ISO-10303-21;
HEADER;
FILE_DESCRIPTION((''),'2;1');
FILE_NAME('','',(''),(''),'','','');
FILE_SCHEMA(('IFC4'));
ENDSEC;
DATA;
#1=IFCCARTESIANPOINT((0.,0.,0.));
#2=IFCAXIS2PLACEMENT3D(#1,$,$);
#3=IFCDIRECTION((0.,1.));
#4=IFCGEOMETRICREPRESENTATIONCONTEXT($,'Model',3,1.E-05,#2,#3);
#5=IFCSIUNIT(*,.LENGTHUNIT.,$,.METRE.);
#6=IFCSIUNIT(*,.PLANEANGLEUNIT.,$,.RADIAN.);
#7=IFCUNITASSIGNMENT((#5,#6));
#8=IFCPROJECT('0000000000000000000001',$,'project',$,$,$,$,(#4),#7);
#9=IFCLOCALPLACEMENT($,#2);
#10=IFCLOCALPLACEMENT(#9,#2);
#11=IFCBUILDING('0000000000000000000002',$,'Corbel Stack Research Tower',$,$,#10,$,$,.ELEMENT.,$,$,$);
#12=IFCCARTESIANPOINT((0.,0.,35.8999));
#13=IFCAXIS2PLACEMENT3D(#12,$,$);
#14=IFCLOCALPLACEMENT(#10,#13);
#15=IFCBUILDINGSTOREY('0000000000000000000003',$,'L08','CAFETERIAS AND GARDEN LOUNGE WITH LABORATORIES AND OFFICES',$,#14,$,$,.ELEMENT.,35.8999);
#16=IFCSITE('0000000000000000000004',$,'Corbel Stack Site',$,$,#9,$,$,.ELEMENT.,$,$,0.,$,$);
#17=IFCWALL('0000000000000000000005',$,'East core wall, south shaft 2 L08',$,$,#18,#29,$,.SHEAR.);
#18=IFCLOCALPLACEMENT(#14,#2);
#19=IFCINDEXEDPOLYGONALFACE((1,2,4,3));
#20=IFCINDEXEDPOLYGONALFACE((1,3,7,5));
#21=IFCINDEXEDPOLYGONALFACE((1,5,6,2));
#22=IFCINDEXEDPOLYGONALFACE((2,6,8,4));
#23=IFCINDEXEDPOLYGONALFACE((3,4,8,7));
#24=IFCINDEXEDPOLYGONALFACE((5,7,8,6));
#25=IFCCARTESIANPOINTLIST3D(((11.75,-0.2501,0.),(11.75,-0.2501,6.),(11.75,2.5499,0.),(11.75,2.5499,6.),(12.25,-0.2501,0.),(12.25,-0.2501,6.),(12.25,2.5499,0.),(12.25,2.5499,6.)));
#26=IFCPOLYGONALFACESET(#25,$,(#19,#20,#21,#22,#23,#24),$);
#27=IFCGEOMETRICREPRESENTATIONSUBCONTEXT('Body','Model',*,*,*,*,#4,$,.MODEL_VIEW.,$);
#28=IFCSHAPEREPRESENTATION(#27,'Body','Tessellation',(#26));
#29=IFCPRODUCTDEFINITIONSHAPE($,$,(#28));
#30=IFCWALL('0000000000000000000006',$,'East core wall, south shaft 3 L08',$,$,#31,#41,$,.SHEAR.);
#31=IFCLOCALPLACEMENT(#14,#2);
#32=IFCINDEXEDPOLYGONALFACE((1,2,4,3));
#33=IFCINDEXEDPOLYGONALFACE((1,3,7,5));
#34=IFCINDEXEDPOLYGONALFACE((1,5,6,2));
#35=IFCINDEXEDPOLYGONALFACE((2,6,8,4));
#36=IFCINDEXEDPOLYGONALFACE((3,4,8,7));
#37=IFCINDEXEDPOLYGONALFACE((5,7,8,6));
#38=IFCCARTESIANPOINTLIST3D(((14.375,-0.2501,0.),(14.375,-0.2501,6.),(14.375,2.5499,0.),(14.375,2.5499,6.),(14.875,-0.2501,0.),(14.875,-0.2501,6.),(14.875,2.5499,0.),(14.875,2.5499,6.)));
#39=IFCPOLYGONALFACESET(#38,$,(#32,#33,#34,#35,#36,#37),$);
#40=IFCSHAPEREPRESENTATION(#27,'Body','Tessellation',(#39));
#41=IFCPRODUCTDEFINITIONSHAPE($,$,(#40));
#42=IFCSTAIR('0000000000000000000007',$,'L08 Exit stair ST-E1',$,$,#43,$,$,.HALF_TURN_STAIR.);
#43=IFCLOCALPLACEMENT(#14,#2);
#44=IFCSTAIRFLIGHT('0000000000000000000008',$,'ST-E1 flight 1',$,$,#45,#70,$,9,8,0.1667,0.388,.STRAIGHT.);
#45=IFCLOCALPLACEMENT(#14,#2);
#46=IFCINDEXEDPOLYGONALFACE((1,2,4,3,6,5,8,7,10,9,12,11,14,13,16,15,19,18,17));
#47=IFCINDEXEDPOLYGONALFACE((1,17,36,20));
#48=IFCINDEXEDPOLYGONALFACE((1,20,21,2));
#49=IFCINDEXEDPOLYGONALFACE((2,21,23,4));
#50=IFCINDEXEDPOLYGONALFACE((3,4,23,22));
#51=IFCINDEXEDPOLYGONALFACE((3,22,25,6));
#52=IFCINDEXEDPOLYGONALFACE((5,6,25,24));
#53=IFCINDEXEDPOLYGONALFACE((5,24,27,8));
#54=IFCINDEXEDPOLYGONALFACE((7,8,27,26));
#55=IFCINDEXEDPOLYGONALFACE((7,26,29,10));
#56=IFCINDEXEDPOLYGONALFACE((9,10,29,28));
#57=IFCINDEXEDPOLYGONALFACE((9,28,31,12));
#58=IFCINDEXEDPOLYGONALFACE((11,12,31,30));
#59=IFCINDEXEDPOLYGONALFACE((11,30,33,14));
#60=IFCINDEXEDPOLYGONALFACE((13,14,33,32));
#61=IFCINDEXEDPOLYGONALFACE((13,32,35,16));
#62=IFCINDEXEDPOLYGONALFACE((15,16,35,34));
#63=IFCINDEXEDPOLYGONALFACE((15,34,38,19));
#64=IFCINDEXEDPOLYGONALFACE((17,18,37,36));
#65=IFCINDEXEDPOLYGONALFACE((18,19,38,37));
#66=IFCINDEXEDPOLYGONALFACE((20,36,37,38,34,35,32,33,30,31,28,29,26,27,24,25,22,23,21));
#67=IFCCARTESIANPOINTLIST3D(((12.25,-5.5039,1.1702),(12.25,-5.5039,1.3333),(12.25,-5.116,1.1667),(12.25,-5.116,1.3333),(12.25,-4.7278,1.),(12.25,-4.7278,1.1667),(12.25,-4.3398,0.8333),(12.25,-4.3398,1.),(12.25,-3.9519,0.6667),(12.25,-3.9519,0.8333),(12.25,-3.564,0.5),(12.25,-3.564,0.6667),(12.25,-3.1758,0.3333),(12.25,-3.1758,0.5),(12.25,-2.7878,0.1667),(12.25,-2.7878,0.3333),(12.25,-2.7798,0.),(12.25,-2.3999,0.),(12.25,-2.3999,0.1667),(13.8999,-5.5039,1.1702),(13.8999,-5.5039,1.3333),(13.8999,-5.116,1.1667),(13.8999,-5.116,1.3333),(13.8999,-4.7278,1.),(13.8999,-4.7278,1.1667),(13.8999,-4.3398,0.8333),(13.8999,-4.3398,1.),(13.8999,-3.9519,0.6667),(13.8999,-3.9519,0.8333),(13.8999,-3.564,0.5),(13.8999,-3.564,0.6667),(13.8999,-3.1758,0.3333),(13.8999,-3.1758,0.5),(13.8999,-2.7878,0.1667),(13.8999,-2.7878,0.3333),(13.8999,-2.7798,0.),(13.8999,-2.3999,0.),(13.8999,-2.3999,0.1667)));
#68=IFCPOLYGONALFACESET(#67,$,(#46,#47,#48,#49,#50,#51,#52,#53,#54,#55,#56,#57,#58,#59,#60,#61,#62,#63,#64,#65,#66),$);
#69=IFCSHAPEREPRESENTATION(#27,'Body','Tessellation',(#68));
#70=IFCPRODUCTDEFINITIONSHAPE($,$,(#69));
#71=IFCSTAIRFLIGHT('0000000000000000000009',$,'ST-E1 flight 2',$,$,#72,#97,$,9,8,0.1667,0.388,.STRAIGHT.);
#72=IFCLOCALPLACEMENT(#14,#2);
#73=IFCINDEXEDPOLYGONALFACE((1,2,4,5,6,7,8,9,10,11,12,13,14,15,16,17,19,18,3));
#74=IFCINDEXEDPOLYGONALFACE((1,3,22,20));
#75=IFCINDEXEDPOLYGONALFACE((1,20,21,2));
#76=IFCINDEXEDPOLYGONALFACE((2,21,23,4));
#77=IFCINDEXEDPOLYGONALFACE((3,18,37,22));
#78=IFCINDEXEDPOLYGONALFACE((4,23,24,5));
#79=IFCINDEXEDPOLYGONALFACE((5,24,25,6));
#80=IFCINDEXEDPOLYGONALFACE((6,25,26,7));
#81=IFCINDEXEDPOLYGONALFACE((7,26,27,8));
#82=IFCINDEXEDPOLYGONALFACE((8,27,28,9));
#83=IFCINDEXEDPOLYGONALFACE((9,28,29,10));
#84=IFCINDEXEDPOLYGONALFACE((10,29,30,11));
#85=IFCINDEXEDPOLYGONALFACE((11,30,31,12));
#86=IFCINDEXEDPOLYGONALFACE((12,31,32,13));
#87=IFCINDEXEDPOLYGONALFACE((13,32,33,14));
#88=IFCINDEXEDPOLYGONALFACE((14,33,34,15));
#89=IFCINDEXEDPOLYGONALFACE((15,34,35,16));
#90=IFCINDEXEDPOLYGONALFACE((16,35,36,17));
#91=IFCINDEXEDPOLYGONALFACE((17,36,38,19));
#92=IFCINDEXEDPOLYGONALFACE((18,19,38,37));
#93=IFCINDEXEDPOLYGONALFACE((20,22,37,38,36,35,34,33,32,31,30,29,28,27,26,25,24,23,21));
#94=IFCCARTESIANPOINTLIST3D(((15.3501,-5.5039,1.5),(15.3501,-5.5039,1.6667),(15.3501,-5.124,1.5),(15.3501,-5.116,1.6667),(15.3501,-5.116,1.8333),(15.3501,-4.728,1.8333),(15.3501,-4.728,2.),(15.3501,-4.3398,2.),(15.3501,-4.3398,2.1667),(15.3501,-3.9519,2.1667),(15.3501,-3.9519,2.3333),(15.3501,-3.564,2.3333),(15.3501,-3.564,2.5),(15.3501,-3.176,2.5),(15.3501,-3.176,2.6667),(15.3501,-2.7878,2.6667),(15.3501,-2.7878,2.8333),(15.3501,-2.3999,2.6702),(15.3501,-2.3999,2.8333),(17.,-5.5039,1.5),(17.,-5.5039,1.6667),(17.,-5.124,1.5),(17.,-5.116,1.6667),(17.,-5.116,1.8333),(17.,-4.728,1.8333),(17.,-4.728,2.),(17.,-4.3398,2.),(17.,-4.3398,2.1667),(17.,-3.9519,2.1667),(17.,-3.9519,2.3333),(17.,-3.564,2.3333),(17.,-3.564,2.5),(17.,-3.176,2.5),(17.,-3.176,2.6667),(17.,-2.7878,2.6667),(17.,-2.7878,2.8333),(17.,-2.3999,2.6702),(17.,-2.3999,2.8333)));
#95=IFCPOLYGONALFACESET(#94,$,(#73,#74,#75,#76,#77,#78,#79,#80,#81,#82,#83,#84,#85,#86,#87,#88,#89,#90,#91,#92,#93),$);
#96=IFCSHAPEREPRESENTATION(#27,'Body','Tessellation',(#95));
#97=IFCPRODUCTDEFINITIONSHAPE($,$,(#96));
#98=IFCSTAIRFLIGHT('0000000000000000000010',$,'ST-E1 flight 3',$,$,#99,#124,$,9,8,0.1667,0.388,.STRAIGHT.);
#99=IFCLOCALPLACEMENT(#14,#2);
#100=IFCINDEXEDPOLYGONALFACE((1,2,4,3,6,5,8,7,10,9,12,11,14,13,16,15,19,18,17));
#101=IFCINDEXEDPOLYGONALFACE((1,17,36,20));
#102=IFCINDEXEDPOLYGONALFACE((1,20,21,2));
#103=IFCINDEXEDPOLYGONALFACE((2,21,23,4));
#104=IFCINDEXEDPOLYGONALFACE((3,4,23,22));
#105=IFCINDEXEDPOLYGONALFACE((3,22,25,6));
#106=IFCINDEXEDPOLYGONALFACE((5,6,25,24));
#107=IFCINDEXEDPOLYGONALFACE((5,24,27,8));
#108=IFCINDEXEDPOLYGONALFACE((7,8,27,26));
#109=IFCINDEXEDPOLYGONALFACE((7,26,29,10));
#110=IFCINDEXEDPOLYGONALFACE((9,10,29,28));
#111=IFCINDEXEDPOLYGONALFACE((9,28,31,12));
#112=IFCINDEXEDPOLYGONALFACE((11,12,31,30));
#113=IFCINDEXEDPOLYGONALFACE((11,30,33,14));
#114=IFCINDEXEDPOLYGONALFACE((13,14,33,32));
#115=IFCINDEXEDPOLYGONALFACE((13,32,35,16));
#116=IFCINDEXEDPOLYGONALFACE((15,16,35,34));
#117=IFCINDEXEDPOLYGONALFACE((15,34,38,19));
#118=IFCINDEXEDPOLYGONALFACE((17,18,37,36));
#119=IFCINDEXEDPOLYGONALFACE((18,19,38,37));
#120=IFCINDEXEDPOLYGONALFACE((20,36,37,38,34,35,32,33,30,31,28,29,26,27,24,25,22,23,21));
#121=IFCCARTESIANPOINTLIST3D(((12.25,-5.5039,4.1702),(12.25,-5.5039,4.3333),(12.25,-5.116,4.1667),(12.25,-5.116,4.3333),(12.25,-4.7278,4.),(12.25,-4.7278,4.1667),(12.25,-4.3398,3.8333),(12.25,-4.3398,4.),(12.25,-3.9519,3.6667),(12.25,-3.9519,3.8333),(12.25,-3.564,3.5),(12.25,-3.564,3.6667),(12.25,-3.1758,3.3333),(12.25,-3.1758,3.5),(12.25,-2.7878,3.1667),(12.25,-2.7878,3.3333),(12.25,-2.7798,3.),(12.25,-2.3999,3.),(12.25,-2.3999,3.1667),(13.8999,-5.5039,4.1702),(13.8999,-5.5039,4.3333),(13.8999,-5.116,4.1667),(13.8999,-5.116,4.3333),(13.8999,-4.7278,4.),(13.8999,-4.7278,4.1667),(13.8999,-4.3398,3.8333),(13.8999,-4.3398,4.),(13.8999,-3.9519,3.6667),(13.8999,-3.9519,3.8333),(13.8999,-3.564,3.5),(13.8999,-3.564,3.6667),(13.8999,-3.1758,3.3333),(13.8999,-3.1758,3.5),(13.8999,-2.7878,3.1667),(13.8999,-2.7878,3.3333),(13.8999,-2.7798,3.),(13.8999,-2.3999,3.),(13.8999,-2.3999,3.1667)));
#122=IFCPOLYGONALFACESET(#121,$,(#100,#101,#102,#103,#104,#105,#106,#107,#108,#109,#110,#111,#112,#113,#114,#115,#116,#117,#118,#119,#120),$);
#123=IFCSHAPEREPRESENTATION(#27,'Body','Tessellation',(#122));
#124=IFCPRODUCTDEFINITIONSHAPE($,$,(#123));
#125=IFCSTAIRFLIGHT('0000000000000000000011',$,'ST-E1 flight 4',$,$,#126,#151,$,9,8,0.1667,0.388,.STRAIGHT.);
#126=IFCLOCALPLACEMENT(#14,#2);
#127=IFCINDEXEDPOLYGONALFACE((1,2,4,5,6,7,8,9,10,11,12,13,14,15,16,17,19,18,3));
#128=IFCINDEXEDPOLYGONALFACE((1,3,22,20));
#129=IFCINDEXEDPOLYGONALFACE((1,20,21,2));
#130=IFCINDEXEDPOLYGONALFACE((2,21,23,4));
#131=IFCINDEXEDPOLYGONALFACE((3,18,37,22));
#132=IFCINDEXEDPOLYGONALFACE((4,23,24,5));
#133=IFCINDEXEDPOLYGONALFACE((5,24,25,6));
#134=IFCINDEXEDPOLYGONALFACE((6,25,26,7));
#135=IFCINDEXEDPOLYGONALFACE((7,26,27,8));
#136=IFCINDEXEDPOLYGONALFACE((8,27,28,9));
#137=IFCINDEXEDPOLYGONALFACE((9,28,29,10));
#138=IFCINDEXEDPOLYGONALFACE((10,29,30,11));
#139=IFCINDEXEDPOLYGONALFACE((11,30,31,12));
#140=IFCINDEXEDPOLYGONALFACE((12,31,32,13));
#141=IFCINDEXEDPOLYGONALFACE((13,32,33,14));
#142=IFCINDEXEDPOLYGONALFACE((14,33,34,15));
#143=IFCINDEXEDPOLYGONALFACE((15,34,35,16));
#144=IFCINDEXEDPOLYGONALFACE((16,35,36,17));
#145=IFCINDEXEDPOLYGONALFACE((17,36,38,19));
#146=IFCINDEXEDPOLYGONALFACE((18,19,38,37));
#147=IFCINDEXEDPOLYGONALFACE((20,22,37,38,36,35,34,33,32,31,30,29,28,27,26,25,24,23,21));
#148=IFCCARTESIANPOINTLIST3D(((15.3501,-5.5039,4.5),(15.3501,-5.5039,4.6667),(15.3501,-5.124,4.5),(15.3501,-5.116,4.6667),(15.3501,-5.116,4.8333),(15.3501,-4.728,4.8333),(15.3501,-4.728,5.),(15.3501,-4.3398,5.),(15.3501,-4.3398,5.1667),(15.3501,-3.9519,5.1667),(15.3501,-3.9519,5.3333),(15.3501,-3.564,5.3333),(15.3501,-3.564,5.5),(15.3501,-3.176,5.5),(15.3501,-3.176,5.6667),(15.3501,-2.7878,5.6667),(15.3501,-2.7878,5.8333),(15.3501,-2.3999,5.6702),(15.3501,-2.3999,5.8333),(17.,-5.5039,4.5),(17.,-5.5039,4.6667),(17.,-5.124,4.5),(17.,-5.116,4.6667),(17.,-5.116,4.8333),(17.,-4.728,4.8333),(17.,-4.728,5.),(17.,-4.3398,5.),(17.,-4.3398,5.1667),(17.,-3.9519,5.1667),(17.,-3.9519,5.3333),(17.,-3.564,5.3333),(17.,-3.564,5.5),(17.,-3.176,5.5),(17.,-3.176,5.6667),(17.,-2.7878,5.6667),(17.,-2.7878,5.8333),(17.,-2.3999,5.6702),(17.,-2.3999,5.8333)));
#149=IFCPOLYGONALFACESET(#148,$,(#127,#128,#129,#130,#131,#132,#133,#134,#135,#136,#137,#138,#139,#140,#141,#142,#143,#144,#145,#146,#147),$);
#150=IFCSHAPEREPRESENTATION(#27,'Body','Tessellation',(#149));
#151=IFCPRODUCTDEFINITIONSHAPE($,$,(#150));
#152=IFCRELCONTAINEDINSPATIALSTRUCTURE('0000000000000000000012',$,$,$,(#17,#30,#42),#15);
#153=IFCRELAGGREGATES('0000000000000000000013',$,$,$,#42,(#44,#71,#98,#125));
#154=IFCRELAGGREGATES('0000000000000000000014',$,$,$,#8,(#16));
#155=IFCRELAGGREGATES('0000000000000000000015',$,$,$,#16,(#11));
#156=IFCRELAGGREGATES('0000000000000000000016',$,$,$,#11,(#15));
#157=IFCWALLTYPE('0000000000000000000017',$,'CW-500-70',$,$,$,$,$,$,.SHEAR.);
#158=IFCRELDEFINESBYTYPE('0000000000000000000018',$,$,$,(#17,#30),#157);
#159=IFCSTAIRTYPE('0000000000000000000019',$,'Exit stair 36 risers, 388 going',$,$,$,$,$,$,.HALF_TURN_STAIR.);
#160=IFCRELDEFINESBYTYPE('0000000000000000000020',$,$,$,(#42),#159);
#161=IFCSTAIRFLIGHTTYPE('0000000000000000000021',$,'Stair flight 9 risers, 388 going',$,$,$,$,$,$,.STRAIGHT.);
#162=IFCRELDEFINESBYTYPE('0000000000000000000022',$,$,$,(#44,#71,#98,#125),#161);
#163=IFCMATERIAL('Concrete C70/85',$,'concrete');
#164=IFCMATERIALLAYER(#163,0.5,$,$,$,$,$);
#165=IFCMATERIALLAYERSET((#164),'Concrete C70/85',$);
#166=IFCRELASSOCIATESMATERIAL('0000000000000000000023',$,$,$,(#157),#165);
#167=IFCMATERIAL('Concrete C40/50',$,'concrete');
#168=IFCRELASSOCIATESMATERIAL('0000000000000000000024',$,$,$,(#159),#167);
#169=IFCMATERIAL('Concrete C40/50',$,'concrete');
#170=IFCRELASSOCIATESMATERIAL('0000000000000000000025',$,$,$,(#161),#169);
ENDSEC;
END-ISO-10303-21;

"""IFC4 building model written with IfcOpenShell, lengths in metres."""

from ifc_helpers import new_model, si_unit, direction, frame, frame_2d, origin, place, context, subcontext, project, spatial, polyline, rectangle, outline, extrude, material, layer, layer_set, type_object, element, aggregate, save


model = new_model("IFC4")

# Units and contexts
model_context = context("Model", 3, precision=1e-05, world=origin(), true_north=direction((0.0, 1.0)))
body_context = subcontext(model_context, "Body", "Model", "MODEL_VIEW")
ifc_project = project(units=[si_unit("LENGTHUNIT", "METRE"), si_unit("PLANEANGLEUNIT", "RADIAN")], contexts=[model_context])

# Site, building, storey
site_placement = place(None, origin())
site = spatial("IfcSite", under=ifc_project, at=site_placement, Name="Corbel Stack Site", CompositionType="ELEMENT", RefElevation=0.0)
building_placement = place(site_placement, origin())
building = spatial("IfcBuilding", under=site, at=building_placement, Name="Corbel Stack Research Tower", CompositionType="ELEMENT")
storey_placement = place(building_placement, frame((0.0, 0.0, 35.8999)))
storey = spatial("IfcBuildingStorey", under=building, at=storey_placement, Name="L08", Description="CAFETERIAS AND GARDEN LOUNGE WITH LABORATORIES AND OFFICES", CompositionType="ELEMENT", Elevation=35.8999)

# Walls
ifc_material_1 = material(Name="Concrete C70/85", Category="concrete")
ifc_layer = layer(ifc_material_1, 0.5)
ifc_layer_set = layer_set([ifc_layer], Name="Concrete C70/85")
wall_type = type_object("IfcWallType", Name="CW-500-70", PredefinedType="SHEAR", material=ifc_layer_set)
for number, where, z_axis, x_axis, name in (
    (1, (12.0, -0.25, 0.0), (0.0, 0.0, 1.0), (0.0, 1.0, 0.0), "East core wall, south shaft 2 L08"),
    (2, (14.625, -0.25, 0.0), (0.0, 0.0, 1.0), (0.0, 1.0, 0.0), "East core wall, south shaft 3 L08"),
):
    element("IfcWall", number, at=place(storey_placement, frame(where, z_axis=z_axis, x_axis=x_axis)), inside=storey, type_object=wall_type, Name=name, PredefinedType="SHEAR", context=body_context, shape_type="SweptSolid", body=[
        extrude(rectangle(XDim=2.8, YDim=0.5, at=frame_2d((1.3999, 0.0))), origin(), (0.0, 0.0, 1.0), 6.0),
    ])

# Stair, stair flights
ifc_material_2 = material(Name="Concrete C40/50", Category="concrete")
stair_type = type_object("IfcStairType", Name="Exit stair 36 risers, 388 going", PredefinedType="HALF_TURN_STAIR", material=ifc_material_2)
stair_placement = place(storey_placement, origin())
stair = element("IfcStair", 3, at=stair_placement, inside=storey, type_object=stair_type, Name="L08 Exit stair ST-E1", PredefinedType="HALF_TURN_STAIR")
ifc_material_3 = material(Name="Concrete C40/50", Category="concrete")
stair_flight_type = type_object("IfcStairFlightType", Name="Stair flight 9 risers, 388 going", PredefinedType="STRAIGHT", material=ifc_material_3)
stair_flight_1_placement = place(storey_placement, frame((13.075, -2.3999, 0.0), z_axis=(0.0, 0.0, 1.0), x_axis=(0.0, -1.0, 0.0)))
stair_flight_1 = element("IfcStairFlight", 4, at=stair_flight_1_placement, type_object=stair_flight_type, Name="ST-E1 flight 1", NumberOfRisers=9, NumberOfTreads=8, PredefinedType="STRAIGHT", RiserHeight=0.1667, TreadLength=0.388, context=body_context, shape_type="SweptSolid", body=[
    extrude(outline(polyline([(0.0, 0.0), (0.0, 0.1667), (0.3879, 0.1667), (0.3879, 0.3333), (0.7759, 0.3333), (0.7759, 0.5), (1.1641, 0.5), (1.1641, 0.6667), (1.552, 0.6667), (1.552, 0.8333), (1.9399, 0.8333), (1.9399, 1.0), (2.3279, 1.0), (2.3279, 1.1667), (2.7161, 1.1667), (2.7161, 1.3333), (3.104, 1.3333), (3.104, 1.5), (3.104, 1.1702), (0.3799, 0.0), (0.0, 0.0)])), frame((0.0, 0.825, 0.0), z_axis=(0.0, -1.0, 0.0), x_axis=(1.0, 0.0, 0.0)), (0.0, 0.0, 1.0), 1.6499),
])
stair_flight_2_placement = place(storey_placement, frame((16.175, -5.5039, 1.5), z_axis=(0.0, 0.0, 1.0), x_axis=(0.0, 1.0, 0.0)))
stair_flight_2 = element("IfcStairFlight", 5, at=stair_flight_2_placement, type_object=stair_flight_type, Name="ST-E1 flight 2", NumberOfRisers=9, NumberOfTreads=8, PredefinedType="STRAIGHT", RiserHeight=0.1667, TreadLength=0.388, context=body_context, shape_type="SweptSolid", body=[
    extrude(outline(polyline([(0.0, 0.0), (0.0, 0.1667), (0.3879, 0.1667), (0.3879, 0.3333), (0.7759, 0.3333), (0.7759, 0.5), (1.1641, 0.5), (1.1641, 0.6667), (1.552, 0.6667), (1.552, 0.8333), (1.9399, 0.8333), (1.9399, 1.0), (2.3279, 1.0), (2.3279, 1.1667), (2.7161, 1.1667), (2.7161, 1.3333), (3.104, 1.3333), (3.104, 1.5), (3.104, 1.1702), (0.3799, 0.0), (0.0, 0.0)])), frame((0.0, 0.825, 0.0), z_axis=(0.0, -1.0, 0.0), x_axis=(1.0, 0.0, 0.0)), (0.0, 0.0, 1.0), 1.6499),
])
stair_flight_3_placement = place(storey_placement, frame((13.075, -2.3999, 3.0), z_axis=(0.0, 0.0, 1.0), x_axis=(0.0, -1.0, 0.0)))
stair_flight_3 = element("IfcStairFlight", 6, at=stair_flight_3_placement, type_object=stair_flight_type, Name="ST-E1 flight 3", NumberOfRisers=9, NumberOfTreads=8, PredefinedType="STRAIGHT", RiserHeight=0.1667, TreadLength=0.388, context=body_context, shape_type="SweptSolid", body=[
    extrude(outline(polyline([(0.0, 0.0), (0.0, 0.1667), (0.3879, 0.1667), (0.3879, 0.3333), (0.7759, 0.3333), (0.7759, 0.5), (1.1641, 0.5), (1.1641, 0.6667), (1.552, 0.6667), (1.552, 0.8333), (1.9399, 0.8333), (1.9399, 1.0), (2.3279, 1.0), (2.3279, 1.1667), (2.7161, 1.1667), (2.7161, 1.3333), (3.104, 1.3333), (3.104, 1.5), (3.104, 1.1702), (0.3799, 0.0), (0.0, 0.0)])), frame((0.0, 0.825, 0.0), z_axis=(0.0, -1.0, 0.0), x_axis=(1.0, 0.0, 0.0)), (0.0, 0.0, 1.0), 1.6499),
])
stair_flight_4_placement = place(storey_placement, frame((16.175, -5.5039, 4.5), z_axis=(0.0, 0.0, 1.0), x_axis=(0.0, 1.0, 0.0)))
stair_flight_4 = element("IfcStairFlight", 7, at=stair_flight_4_placement, type_object=stair_flight_type, Name="ST-E1 flight 4", NumberOfRisers=9, NumberOfTreads=8, PredefinedType="STRAIGHT", RiserHeight=0.1667, TreadLength=0.388, context=body_context, shape_type="SweptSolid", body=[
    extrude(outline(polyline([(0.0, 0.0), (0.0, 0.1667), (0.3879, 0.1667), (0.3879, 0.3333), (0.7759, 0.3333), (0.7759, 0.5), (1.1641, 0.5), (1.1641, 0.6667), (1.552, 0.6667), (1.552, 0.8333), (1.9399, 0.8333), (1.9399, 1.0), (2.3279, 1.0), (2.3279, 1.1667), (2.7161, 1.1667), (2.7161, 1.3333), (3.104, 1.3333), (3.104, 1.5), (3.104, 1.1702), (0.3799, 0.0), (0.0, 0.0)])), frame((0.0, 0.825, 0.0), z_axis=(0.0, -1.0, 0.0), x_axis=(1.0, 0.0, 0.0)), (0.0, 0.0, 1.0), 1.6499),
])
aggregate(stair, [stair_flight_1, stair_flight_2, stair_flight_3, stair_flight_4])

save(model, "model.ifc")
